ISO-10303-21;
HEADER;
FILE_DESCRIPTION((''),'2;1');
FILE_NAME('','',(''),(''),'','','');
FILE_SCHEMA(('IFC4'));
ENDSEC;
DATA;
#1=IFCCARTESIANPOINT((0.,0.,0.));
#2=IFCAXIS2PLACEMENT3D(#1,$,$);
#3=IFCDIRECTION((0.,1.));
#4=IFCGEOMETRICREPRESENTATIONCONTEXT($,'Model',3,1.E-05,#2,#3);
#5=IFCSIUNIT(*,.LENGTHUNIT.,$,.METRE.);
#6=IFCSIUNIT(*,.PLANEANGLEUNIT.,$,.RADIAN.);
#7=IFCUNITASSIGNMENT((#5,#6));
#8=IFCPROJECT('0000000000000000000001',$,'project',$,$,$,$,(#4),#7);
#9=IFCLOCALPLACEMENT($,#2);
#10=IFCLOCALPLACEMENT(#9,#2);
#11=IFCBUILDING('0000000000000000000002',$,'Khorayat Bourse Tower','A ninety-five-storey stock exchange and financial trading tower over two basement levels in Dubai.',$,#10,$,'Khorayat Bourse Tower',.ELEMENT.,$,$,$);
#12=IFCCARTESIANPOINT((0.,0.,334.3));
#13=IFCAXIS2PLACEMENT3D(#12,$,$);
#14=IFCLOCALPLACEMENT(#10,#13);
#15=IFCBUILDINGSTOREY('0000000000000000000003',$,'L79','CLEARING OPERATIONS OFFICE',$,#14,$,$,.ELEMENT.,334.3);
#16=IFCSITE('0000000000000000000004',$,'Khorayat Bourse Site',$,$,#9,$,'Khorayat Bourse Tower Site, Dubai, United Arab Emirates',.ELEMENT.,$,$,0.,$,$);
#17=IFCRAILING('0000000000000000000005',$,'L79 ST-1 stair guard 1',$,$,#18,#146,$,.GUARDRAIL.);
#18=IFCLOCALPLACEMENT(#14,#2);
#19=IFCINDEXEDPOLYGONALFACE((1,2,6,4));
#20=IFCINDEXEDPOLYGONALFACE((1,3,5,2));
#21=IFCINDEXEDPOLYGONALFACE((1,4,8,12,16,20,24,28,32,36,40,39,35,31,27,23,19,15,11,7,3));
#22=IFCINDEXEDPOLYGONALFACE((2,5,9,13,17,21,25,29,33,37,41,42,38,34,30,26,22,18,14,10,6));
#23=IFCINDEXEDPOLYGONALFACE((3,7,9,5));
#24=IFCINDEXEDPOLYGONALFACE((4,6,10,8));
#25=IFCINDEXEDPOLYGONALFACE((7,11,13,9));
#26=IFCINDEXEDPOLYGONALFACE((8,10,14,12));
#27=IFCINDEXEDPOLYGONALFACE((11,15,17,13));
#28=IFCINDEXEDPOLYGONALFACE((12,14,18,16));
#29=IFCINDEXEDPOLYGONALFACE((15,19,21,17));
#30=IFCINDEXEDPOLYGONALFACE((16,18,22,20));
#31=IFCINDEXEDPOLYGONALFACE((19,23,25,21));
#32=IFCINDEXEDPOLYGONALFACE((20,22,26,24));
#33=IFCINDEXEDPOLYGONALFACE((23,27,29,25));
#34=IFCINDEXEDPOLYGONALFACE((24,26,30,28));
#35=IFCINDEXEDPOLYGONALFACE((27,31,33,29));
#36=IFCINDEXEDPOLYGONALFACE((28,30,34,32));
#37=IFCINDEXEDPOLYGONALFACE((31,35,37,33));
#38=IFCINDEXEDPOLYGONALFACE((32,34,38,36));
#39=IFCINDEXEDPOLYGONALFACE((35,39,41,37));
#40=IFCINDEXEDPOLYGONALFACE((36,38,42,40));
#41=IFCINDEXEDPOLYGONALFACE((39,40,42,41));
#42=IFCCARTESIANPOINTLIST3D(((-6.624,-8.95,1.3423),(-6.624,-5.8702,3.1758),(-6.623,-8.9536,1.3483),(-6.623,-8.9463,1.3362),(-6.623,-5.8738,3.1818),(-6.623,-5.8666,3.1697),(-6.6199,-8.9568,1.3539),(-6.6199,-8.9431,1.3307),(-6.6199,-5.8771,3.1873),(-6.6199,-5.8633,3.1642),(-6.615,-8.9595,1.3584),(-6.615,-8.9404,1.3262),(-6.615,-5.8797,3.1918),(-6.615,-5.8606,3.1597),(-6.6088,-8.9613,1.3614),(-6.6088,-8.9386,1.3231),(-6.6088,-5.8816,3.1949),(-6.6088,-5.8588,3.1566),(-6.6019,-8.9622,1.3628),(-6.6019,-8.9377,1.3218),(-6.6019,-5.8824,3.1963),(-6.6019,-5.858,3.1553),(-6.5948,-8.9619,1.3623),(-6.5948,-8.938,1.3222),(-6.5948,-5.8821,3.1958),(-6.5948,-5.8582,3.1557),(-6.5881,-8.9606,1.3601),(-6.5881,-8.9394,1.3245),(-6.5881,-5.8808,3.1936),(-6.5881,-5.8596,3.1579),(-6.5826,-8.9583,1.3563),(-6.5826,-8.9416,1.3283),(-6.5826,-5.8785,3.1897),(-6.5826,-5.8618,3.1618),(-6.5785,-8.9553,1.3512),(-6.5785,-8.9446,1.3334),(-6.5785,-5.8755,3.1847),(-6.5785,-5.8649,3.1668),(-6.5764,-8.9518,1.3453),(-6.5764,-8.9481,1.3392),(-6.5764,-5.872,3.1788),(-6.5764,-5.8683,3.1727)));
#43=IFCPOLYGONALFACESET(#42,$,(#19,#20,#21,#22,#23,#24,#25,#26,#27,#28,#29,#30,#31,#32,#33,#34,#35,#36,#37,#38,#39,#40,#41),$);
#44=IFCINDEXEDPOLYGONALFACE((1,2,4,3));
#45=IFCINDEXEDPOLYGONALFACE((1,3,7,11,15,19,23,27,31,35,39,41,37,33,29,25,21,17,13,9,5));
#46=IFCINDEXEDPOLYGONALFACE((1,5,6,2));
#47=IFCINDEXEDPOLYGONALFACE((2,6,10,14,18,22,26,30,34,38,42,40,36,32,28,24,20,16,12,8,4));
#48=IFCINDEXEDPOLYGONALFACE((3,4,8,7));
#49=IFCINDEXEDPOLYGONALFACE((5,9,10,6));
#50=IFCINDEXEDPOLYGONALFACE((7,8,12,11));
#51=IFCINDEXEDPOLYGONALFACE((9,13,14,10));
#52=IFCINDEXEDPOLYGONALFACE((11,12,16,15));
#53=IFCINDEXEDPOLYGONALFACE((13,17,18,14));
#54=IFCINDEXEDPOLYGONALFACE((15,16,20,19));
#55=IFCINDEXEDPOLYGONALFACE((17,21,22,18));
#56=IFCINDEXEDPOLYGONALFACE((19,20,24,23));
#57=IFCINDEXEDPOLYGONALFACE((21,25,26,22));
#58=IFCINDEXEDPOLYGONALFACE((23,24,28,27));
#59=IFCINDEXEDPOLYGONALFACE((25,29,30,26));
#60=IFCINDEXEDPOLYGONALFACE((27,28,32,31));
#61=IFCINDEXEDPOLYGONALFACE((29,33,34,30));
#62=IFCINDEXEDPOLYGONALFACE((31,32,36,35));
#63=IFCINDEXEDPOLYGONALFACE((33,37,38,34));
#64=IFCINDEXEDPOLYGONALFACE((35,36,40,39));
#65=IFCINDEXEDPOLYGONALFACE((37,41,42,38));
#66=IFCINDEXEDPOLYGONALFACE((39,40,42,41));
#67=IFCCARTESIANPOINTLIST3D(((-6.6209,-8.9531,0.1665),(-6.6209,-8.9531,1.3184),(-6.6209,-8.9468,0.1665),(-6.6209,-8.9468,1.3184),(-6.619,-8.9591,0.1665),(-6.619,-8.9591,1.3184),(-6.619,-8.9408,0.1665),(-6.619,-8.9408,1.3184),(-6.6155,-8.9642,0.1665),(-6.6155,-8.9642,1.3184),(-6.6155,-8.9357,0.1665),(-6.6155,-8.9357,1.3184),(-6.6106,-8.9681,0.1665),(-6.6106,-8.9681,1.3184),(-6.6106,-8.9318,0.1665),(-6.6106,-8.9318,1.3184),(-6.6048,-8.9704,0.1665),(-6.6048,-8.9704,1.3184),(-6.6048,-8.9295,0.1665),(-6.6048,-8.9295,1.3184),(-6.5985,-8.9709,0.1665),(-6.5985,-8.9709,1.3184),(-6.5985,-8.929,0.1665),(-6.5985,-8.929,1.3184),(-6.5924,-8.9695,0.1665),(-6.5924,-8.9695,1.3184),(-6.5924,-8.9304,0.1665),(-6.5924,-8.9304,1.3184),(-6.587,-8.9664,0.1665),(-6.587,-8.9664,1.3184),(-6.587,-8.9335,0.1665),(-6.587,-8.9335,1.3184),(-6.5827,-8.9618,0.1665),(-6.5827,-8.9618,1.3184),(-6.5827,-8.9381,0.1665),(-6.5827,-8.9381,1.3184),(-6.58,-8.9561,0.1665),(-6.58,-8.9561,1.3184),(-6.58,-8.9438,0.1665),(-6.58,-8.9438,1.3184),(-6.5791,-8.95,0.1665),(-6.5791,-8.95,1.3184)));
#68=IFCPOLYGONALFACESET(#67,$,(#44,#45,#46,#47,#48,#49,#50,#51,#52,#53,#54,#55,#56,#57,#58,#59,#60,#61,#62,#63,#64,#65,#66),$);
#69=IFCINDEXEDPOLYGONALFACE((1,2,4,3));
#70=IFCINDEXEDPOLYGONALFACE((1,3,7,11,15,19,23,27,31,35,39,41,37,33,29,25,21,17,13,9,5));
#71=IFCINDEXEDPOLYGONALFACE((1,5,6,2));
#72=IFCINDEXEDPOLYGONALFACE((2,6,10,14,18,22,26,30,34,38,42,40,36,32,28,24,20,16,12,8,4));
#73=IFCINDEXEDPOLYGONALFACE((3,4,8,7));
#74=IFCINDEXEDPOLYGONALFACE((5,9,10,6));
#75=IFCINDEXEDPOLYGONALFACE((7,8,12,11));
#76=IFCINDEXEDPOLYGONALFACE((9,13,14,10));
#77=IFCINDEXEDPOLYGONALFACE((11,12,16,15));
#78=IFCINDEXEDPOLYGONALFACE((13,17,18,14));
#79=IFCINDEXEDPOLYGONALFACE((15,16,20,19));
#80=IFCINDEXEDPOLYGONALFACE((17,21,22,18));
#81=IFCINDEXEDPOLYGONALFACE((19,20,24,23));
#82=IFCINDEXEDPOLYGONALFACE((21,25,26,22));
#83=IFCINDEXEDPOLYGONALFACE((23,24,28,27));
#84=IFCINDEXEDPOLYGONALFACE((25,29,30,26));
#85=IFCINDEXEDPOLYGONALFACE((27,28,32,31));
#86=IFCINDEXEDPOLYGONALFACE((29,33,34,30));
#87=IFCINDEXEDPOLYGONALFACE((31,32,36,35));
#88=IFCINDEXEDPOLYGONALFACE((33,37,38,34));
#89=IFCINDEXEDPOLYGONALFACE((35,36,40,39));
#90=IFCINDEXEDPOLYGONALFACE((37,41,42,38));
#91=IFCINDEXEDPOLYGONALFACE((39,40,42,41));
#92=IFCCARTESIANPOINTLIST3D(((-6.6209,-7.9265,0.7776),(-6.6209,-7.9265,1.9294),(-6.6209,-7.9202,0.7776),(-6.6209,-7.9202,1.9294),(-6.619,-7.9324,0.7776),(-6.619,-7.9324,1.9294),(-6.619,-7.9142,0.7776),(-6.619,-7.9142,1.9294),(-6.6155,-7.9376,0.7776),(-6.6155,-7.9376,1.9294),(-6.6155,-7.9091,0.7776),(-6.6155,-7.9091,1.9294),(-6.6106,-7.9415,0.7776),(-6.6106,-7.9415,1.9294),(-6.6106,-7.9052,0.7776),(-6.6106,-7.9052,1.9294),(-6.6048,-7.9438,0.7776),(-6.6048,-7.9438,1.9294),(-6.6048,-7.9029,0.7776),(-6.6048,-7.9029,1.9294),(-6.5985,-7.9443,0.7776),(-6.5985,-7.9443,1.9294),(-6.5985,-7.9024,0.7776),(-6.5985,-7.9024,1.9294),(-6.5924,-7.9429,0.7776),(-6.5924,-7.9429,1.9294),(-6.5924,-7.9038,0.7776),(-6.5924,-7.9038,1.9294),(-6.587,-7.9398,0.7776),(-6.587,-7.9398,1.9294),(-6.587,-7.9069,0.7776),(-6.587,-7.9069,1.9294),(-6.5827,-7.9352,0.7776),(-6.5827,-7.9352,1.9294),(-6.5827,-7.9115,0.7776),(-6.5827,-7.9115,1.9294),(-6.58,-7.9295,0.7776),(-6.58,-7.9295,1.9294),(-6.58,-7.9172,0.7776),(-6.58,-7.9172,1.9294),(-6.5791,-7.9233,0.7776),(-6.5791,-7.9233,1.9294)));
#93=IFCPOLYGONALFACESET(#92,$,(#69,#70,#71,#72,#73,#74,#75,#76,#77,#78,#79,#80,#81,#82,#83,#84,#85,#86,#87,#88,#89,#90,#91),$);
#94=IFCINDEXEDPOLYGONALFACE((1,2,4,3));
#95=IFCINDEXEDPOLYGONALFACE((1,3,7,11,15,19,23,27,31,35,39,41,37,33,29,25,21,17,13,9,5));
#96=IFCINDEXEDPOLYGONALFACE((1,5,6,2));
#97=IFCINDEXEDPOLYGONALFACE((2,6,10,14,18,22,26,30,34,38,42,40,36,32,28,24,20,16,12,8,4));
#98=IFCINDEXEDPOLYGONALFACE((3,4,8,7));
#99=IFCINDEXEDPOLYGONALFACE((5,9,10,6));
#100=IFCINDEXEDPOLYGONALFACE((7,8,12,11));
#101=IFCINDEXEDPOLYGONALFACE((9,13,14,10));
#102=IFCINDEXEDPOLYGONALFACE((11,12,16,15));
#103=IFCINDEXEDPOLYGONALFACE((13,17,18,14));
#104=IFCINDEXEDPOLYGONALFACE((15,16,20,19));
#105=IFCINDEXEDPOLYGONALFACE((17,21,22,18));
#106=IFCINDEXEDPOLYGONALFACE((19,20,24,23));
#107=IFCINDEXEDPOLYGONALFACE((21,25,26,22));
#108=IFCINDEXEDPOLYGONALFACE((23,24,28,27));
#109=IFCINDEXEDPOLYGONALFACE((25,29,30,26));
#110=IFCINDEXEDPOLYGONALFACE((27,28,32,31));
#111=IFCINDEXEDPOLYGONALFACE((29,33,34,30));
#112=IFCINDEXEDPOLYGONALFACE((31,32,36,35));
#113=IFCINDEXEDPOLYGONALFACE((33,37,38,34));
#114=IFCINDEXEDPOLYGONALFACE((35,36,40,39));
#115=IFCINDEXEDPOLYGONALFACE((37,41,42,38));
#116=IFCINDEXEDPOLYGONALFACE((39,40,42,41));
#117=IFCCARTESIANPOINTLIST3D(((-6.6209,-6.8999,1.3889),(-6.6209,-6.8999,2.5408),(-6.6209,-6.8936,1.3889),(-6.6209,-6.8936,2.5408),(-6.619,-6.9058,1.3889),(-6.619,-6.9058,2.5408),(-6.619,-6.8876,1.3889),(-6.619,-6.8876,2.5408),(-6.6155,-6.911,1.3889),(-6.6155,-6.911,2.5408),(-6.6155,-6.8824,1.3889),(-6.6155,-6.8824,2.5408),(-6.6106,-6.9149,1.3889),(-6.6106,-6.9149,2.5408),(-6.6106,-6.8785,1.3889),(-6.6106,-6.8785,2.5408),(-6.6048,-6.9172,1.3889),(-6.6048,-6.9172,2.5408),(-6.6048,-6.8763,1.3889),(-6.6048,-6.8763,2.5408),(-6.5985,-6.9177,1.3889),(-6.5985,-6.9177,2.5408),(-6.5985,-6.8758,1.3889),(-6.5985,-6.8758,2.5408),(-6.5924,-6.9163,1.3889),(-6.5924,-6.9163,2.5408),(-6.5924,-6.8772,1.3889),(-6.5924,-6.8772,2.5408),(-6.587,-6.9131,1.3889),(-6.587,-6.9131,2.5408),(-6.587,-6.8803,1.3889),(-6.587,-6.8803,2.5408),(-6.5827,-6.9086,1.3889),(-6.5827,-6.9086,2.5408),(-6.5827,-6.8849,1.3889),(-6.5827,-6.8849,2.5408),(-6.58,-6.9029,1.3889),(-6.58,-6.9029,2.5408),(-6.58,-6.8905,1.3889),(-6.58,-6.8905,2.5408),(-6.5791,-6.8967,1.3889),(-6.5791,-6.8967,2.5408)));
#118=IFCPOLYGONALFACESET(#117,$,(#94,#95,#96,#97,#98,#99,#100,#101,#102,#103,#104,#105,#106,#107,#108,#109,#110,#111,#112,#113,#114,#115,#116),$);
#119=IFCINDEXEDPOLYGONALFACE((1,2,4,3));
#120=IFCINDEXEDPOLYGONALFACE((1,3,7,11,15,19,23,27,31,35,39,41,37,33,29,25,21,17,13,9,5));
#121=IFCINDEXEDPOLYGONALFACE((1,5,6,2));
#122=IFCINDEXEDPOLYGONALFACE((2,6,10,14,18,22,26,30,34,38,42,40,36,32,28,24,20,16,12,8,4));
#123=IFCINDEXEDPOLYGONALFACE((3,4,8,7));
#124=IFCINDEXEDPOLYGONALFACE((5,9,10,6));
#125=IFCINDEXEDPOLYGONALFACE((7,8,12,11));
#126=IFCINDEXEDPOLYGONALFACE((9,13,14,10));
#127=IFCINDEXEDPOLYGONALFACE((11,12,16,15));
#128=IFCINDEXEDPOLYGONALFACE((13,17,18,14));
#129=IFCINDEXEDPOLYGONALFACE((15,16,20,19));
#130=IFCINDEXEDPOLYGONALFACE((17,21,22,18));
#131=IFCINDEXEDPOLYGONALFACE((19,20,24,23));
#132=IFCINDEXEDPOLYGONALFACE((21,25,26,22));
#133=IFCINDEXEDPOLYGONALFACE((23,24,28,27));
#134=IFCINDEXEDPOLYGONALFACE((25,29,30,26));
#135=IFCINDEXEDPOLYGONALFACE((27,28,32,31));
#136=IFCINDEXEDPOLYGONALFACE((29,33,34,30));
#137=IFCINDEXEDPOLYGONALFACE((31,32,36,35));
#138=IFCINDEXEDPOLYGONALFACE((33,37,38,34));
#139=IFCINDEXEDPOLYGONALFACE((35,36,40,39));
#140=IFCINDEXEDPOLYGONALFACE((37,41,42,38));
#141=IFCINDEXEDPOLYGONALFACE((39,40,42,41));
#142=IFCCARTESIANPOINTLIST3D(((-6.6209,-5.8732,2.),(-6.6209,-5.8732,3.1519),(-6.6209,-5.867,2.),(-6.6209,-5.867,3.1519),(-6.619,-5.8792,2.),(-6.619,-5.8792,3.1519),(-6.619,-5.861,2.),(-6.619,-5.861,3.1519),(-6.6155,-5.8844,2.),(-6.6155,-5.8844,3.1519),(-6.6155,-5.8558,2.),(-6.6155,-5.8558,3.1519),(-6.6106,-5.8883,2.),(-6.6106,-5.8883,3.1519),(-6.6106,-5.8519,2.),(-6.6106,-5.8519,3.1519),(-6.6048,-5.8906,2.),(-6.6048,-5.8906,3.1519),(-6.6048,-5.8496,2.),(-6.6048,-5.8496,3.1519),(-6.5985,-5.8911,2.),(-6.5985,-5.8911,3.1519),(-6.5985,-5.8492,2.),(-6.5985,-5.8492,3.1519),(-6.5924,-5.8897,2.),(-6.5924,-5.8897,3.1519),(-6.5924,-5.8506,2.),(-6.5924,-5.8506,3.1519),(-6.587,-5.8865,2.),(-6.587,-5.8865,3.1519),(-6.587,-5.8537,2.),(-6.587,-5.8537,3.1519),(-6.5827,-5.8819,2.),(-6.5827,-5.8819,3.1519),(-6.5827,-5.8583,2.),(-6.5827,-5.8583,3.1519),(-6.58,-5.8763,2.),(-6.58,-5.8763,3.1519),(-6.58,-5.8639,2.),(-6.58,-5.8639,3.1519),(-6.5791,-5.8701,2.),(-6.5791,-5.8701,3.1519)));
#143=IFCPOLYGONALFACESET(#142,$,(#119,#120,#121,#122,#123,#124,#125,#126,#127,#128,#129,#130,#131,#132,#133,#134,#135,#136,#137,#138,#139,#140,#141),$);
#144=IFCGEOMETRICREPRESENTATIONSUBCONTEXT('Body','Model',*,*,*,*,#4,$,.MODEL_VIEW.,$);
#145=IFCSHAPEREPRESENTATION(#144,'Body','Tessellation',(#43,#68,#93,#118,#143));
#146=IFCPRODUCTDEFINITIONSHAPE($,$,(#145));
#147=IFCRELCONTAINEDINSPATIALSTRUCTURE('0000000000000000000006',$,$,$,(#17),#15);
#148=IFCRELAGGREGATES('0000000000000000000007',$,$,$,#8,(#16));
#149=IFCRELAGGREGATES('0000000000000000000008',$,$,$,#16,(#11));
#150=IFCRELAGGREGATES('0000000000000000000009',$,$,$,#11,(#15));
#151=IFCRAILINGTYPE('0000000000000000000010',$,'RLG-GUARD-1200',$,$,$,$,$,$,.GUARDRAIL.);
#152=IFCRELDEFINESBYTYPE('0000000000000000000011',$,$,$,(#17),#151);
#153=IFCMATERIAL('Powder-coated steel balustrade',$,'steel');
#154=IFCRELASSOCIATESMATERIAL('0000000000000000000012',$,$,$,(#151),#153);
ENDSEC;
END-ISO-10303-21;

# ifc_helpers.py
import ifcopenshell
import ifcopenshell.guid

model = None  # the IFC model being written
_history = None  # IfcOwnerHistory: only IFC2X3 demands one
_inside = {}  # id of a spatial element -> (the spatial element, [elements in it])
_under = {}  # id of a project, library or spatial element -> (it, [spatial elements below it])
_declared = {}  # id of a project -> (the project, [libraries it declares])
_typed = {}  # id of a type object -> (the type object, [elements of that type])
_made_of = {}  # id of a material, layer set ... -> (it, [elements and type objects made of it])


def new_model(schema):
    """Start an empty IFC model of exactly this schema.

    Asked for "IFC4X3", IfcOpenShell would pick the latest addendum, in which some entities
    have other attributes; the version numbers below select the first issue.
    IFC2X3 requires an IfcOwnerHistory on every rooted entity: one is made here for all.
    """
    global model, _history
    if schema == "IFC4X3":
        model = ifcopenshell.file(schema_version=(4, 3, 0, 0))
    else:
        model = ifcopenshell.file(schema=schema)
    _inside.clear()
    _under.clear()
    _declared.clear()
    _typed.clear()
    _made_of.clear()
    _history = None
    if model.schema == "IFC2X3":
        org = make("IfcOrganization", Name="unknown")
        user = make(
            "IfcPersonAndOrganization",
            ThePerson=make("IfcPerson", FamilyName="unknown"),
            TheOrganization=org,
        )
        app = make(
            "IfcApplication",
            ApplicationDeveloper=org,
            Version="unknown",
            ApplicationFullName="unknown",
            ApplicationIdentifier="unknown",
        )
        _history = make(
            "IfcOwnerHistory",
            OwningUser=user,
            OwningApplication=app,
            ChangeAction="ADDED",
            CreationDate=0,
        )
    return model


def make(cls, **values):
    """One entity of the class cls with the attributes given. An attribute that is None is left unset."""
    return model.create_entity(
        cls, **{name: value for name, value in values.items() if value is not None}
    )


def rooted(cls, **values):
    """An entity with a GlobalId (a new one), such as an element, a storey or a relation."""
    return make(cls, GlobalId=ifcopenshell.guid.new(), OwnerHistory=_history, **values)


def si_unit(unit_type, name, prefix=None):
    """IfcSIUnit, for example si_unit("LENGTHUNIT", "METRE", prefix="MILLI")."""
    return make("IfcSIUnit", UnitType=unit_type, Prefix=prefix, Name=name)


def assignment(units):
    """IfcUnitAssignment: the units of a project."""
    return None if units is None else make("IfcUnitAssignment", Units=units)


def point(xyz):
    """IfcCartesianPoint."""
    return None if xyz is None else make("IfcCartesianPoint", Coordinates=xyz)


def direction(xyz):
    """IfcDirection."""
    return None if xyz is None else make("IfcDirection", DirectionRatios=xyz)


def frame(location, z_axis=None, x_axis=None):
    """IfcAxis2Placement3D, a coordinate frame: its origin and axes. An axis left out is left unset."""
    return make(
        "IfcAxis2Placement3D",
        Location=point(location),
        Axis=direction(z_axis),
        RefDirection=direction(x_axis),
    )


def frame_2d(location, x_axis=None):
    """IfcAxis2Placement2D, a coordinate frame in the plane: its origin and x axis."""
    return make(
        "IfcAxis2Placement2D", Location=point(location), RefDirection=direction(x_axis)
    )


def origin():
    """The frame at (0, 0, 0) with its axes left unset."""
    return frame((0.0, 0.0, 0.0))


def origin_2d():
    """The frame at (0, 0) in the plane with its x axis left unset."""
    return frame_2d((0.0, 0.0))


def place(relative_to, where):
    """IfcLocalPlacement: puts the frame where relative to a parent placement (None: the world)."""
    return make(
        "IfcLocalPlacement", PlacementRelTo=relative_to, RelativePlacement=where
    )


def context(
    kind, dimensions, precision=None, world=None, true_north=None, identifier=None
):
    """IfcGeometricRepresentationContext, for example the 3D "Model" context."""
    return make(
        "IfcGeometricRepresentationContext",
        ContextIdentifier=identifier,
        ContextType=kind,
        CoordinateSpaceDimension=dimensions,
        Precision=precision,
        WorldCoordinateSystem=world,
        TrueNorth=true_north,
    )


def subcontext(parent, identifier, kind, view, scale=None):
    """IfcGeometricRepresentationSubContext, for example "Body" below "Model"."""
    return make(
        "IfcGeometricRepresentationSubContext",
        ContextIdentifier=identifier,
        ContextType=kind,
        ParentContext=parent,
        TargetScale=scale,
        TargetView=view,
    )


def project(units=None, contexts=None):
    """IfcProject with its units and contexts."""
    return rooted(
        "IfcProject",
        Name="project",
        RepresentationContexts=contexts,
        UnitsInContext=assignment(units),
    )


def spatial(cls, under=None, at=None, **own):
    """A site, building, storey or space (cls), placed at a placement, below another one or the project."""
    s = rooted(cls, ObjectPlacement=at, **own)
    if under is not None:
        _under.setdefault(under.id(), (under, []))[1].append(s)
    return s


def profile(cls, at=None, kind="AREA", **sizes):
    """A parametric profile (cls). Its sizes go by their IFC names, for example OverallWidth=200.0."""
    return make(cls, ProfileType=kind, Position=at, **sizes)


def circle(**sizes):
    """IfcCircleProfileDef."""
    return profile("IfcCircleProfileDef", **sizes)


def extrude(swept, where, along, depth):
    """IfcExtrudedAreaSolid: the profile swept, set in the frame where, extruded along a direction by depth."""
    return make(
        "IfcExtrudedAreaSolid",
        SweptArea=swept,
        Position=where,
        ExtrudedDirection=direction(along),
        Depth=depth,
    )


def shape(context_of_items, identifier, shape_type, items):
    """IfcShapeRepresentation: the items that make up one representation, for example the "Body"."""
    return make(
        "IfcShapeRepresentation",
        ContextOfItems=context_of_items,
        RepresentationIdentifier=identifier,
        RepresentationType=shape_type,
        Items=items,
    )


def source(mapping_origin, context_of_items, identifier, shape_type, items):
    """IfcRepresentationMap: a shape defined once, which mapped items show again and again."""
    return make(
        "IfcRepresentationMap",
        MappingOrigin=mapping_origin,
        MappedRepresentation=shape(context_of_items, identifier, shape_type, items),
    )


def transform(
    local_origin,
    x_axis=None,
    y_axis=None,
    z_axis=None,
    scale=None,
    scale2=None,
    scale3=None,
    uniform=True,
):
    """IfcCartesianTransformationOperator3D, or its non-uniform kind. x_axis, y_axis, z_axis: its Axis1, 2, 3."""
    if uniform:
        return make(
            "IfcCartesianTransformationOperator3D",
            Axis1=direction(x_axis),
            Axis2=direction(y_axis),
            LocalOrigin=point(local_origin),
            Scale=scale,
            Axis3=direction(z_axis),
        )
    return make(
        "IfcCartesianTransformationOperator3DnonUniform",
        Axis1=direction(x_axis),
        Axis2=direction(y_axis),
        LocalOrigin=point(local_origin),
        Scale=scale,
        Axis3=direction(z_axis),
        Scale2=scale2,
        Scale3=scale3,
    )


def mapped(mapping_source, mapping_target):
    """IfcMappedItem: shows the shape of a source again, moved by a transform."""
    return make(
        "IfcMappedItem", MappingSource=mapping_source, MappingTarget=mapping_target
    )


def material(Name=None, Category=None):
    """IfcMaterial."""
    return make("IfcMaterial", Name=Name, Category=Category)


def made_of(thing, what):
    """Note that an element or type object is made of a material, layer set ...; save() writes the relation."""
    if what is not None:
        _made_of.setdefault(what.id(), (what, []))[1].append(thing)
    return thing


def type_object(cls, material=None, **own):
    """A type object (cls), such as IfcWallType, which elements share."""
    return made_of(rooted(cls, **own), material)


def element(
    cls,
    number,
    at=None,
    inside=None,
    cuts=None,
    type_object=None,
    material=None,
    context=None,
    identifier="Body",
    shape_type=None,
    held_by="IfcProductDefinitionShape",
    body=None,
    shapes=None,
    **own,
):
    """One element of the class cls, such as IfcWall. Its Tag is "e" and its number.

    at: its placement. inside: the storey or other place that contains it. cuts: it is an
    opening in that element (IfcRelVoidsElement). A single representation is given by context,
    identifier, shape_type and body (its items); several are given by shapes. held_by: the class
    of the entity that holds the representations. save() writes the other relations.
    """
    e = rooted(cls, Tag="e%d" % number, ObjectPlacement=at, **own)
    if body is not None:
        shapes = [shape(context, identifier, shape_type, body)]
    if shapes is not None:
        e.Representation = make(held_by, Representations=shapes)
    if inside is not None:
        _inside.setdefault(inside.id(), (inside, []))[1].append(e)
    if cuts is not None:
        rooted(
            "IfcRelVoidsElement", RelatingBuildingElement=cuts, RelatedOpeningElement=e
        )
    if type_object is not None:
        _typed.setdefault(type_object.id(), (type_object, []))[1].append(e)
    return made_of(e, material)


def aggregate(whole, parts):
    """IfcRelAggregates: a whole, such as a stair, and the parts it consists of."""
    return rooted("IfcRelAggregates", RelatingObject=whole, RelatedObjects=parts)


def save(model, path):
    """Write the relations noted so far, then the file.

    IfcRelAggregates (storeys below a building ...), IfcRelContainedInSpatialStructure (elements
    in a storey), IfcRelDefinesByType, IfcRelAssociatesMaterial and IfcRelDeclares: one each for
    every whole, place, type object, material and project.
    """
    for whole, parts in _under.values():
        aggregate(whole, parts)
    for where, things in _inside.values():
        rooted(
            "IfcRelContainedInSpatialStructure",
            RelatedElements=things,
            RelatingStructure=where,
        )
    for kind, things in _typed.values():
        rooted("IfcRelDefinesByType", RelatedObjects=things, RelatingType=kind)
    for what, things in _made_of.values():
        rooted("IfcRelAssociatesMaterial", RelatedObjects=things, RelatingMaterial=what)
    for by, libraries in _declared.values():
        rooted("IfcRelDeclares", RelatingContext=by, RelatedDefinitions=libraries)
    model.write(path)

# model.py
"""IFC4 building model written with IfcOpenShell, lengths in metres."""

from ifc_helpers import new_model, si_unit, direction, frame, origin, origin_2d, place, context, subcontext, project, spatial, circle, extrude, source, transform, mapped, material, type_object, element, save


model = new_model("IFC4")

# Units and contexts
model_context = context("Model", 3, precision=1e-05, world=origin(), true_north=direction((0.0, 1.0)))
body_context = subcontext(model_context, "Body", "Model", "MODEL_VIEW")
ifc_project = project(units=[si_unit("LENGTHUNIT", "METRE"), si_unit("PLANEANGLEUNIT", "RADIAN")], contexts=[model_context])

# Site, building, storey
site_placement = place(None, origin())
site = spatial("IfcSite", under=ifc_project, at=site_placement, Name="Khorayat Bourse Site", LongName="Khorayat Bourse Tower Site, Dubai, United Arab Emirates", CompositionType="ELEMENT", RefElevation=0.0)
building_placement = place(site_placement, origin())
building = spatial("IfcBuilding", under=site, at=building_placement, Name="Khorayat Bourse Tower", Description="A ninety-five-storey stock exchange and financial trading tower over two basement levels in Dubai.", LongName="Khorayat Bourse Tower", CompositionType="ELEMENT")
storey_placement = place(building_placement, frame((0.0, 0.0, 334.3)))
storey = spatial("IfcBuildingStorey", under=building, at=storey_placement, Name="L79", Description="CLEARING OPERATIONS OFFICE", CompositionType="ELEMENT", Elevation=334.3)

# Railing
ifc_material_1 = material(Name="Powder-coated steel balustrade", Category="steel")
railing_type_1 = type_object("IfcRailingType", Name="RLG-GUARD-1200", PredefinedType="GUARDRAIL", material=ifc_material_1)
shared_shape_1 = source(origin(), body_context, "Body", "SweptSolid", [
    extrude(circle(Radius=0.0239, at=origin_2d()), frame((0.0, 0.0, 1.1758), z_axis=(0.0, 0.859261, 0.511538), x_axis=(-1.0, 0.0, 0.0)), (0.0, 0.0, 1.0), 3.5842),
    extrude(circle(Radius=0.021, at=origin_2d()), origin(), (0.0, 0.0, 1.0), 1.1519),
    extrude(circle(Radius=0.021, at=origin_2d()), frame((0.0, 1.0266, 0.6111)), (0.0, 0.0, 1.0), 1.1519),
    extrude(circle(Radius=0.021, at=origin_2d()), frame((0.0, 2.0532, 1.2224)), (0.0, 0.0, 1.0), 1.1519),
    extrude(circle(Radius=0.021, at=origin_2d()), frame((0.0, 3.0798, 1.8335)), (0.0, 0.0, 1.0), 1.1519),
])
railing_1_placement = place(storey_placement, frame((-6.6001, -8.95, 0.1665)))
element("IfcRailing", 1, at=railing_1_placement, inside=storey, type_object=railing_type_1, Name="L79 ST-1 stair guard 1", PredefinedType="GUARDRAIL", context=body_context, shape_type="MappedRepresentation", body=[
    mapped(shared_shape_1, transform((0.0, 0.0, 0.0), scale=1.0)),
])

save(model, "model.ifc")
